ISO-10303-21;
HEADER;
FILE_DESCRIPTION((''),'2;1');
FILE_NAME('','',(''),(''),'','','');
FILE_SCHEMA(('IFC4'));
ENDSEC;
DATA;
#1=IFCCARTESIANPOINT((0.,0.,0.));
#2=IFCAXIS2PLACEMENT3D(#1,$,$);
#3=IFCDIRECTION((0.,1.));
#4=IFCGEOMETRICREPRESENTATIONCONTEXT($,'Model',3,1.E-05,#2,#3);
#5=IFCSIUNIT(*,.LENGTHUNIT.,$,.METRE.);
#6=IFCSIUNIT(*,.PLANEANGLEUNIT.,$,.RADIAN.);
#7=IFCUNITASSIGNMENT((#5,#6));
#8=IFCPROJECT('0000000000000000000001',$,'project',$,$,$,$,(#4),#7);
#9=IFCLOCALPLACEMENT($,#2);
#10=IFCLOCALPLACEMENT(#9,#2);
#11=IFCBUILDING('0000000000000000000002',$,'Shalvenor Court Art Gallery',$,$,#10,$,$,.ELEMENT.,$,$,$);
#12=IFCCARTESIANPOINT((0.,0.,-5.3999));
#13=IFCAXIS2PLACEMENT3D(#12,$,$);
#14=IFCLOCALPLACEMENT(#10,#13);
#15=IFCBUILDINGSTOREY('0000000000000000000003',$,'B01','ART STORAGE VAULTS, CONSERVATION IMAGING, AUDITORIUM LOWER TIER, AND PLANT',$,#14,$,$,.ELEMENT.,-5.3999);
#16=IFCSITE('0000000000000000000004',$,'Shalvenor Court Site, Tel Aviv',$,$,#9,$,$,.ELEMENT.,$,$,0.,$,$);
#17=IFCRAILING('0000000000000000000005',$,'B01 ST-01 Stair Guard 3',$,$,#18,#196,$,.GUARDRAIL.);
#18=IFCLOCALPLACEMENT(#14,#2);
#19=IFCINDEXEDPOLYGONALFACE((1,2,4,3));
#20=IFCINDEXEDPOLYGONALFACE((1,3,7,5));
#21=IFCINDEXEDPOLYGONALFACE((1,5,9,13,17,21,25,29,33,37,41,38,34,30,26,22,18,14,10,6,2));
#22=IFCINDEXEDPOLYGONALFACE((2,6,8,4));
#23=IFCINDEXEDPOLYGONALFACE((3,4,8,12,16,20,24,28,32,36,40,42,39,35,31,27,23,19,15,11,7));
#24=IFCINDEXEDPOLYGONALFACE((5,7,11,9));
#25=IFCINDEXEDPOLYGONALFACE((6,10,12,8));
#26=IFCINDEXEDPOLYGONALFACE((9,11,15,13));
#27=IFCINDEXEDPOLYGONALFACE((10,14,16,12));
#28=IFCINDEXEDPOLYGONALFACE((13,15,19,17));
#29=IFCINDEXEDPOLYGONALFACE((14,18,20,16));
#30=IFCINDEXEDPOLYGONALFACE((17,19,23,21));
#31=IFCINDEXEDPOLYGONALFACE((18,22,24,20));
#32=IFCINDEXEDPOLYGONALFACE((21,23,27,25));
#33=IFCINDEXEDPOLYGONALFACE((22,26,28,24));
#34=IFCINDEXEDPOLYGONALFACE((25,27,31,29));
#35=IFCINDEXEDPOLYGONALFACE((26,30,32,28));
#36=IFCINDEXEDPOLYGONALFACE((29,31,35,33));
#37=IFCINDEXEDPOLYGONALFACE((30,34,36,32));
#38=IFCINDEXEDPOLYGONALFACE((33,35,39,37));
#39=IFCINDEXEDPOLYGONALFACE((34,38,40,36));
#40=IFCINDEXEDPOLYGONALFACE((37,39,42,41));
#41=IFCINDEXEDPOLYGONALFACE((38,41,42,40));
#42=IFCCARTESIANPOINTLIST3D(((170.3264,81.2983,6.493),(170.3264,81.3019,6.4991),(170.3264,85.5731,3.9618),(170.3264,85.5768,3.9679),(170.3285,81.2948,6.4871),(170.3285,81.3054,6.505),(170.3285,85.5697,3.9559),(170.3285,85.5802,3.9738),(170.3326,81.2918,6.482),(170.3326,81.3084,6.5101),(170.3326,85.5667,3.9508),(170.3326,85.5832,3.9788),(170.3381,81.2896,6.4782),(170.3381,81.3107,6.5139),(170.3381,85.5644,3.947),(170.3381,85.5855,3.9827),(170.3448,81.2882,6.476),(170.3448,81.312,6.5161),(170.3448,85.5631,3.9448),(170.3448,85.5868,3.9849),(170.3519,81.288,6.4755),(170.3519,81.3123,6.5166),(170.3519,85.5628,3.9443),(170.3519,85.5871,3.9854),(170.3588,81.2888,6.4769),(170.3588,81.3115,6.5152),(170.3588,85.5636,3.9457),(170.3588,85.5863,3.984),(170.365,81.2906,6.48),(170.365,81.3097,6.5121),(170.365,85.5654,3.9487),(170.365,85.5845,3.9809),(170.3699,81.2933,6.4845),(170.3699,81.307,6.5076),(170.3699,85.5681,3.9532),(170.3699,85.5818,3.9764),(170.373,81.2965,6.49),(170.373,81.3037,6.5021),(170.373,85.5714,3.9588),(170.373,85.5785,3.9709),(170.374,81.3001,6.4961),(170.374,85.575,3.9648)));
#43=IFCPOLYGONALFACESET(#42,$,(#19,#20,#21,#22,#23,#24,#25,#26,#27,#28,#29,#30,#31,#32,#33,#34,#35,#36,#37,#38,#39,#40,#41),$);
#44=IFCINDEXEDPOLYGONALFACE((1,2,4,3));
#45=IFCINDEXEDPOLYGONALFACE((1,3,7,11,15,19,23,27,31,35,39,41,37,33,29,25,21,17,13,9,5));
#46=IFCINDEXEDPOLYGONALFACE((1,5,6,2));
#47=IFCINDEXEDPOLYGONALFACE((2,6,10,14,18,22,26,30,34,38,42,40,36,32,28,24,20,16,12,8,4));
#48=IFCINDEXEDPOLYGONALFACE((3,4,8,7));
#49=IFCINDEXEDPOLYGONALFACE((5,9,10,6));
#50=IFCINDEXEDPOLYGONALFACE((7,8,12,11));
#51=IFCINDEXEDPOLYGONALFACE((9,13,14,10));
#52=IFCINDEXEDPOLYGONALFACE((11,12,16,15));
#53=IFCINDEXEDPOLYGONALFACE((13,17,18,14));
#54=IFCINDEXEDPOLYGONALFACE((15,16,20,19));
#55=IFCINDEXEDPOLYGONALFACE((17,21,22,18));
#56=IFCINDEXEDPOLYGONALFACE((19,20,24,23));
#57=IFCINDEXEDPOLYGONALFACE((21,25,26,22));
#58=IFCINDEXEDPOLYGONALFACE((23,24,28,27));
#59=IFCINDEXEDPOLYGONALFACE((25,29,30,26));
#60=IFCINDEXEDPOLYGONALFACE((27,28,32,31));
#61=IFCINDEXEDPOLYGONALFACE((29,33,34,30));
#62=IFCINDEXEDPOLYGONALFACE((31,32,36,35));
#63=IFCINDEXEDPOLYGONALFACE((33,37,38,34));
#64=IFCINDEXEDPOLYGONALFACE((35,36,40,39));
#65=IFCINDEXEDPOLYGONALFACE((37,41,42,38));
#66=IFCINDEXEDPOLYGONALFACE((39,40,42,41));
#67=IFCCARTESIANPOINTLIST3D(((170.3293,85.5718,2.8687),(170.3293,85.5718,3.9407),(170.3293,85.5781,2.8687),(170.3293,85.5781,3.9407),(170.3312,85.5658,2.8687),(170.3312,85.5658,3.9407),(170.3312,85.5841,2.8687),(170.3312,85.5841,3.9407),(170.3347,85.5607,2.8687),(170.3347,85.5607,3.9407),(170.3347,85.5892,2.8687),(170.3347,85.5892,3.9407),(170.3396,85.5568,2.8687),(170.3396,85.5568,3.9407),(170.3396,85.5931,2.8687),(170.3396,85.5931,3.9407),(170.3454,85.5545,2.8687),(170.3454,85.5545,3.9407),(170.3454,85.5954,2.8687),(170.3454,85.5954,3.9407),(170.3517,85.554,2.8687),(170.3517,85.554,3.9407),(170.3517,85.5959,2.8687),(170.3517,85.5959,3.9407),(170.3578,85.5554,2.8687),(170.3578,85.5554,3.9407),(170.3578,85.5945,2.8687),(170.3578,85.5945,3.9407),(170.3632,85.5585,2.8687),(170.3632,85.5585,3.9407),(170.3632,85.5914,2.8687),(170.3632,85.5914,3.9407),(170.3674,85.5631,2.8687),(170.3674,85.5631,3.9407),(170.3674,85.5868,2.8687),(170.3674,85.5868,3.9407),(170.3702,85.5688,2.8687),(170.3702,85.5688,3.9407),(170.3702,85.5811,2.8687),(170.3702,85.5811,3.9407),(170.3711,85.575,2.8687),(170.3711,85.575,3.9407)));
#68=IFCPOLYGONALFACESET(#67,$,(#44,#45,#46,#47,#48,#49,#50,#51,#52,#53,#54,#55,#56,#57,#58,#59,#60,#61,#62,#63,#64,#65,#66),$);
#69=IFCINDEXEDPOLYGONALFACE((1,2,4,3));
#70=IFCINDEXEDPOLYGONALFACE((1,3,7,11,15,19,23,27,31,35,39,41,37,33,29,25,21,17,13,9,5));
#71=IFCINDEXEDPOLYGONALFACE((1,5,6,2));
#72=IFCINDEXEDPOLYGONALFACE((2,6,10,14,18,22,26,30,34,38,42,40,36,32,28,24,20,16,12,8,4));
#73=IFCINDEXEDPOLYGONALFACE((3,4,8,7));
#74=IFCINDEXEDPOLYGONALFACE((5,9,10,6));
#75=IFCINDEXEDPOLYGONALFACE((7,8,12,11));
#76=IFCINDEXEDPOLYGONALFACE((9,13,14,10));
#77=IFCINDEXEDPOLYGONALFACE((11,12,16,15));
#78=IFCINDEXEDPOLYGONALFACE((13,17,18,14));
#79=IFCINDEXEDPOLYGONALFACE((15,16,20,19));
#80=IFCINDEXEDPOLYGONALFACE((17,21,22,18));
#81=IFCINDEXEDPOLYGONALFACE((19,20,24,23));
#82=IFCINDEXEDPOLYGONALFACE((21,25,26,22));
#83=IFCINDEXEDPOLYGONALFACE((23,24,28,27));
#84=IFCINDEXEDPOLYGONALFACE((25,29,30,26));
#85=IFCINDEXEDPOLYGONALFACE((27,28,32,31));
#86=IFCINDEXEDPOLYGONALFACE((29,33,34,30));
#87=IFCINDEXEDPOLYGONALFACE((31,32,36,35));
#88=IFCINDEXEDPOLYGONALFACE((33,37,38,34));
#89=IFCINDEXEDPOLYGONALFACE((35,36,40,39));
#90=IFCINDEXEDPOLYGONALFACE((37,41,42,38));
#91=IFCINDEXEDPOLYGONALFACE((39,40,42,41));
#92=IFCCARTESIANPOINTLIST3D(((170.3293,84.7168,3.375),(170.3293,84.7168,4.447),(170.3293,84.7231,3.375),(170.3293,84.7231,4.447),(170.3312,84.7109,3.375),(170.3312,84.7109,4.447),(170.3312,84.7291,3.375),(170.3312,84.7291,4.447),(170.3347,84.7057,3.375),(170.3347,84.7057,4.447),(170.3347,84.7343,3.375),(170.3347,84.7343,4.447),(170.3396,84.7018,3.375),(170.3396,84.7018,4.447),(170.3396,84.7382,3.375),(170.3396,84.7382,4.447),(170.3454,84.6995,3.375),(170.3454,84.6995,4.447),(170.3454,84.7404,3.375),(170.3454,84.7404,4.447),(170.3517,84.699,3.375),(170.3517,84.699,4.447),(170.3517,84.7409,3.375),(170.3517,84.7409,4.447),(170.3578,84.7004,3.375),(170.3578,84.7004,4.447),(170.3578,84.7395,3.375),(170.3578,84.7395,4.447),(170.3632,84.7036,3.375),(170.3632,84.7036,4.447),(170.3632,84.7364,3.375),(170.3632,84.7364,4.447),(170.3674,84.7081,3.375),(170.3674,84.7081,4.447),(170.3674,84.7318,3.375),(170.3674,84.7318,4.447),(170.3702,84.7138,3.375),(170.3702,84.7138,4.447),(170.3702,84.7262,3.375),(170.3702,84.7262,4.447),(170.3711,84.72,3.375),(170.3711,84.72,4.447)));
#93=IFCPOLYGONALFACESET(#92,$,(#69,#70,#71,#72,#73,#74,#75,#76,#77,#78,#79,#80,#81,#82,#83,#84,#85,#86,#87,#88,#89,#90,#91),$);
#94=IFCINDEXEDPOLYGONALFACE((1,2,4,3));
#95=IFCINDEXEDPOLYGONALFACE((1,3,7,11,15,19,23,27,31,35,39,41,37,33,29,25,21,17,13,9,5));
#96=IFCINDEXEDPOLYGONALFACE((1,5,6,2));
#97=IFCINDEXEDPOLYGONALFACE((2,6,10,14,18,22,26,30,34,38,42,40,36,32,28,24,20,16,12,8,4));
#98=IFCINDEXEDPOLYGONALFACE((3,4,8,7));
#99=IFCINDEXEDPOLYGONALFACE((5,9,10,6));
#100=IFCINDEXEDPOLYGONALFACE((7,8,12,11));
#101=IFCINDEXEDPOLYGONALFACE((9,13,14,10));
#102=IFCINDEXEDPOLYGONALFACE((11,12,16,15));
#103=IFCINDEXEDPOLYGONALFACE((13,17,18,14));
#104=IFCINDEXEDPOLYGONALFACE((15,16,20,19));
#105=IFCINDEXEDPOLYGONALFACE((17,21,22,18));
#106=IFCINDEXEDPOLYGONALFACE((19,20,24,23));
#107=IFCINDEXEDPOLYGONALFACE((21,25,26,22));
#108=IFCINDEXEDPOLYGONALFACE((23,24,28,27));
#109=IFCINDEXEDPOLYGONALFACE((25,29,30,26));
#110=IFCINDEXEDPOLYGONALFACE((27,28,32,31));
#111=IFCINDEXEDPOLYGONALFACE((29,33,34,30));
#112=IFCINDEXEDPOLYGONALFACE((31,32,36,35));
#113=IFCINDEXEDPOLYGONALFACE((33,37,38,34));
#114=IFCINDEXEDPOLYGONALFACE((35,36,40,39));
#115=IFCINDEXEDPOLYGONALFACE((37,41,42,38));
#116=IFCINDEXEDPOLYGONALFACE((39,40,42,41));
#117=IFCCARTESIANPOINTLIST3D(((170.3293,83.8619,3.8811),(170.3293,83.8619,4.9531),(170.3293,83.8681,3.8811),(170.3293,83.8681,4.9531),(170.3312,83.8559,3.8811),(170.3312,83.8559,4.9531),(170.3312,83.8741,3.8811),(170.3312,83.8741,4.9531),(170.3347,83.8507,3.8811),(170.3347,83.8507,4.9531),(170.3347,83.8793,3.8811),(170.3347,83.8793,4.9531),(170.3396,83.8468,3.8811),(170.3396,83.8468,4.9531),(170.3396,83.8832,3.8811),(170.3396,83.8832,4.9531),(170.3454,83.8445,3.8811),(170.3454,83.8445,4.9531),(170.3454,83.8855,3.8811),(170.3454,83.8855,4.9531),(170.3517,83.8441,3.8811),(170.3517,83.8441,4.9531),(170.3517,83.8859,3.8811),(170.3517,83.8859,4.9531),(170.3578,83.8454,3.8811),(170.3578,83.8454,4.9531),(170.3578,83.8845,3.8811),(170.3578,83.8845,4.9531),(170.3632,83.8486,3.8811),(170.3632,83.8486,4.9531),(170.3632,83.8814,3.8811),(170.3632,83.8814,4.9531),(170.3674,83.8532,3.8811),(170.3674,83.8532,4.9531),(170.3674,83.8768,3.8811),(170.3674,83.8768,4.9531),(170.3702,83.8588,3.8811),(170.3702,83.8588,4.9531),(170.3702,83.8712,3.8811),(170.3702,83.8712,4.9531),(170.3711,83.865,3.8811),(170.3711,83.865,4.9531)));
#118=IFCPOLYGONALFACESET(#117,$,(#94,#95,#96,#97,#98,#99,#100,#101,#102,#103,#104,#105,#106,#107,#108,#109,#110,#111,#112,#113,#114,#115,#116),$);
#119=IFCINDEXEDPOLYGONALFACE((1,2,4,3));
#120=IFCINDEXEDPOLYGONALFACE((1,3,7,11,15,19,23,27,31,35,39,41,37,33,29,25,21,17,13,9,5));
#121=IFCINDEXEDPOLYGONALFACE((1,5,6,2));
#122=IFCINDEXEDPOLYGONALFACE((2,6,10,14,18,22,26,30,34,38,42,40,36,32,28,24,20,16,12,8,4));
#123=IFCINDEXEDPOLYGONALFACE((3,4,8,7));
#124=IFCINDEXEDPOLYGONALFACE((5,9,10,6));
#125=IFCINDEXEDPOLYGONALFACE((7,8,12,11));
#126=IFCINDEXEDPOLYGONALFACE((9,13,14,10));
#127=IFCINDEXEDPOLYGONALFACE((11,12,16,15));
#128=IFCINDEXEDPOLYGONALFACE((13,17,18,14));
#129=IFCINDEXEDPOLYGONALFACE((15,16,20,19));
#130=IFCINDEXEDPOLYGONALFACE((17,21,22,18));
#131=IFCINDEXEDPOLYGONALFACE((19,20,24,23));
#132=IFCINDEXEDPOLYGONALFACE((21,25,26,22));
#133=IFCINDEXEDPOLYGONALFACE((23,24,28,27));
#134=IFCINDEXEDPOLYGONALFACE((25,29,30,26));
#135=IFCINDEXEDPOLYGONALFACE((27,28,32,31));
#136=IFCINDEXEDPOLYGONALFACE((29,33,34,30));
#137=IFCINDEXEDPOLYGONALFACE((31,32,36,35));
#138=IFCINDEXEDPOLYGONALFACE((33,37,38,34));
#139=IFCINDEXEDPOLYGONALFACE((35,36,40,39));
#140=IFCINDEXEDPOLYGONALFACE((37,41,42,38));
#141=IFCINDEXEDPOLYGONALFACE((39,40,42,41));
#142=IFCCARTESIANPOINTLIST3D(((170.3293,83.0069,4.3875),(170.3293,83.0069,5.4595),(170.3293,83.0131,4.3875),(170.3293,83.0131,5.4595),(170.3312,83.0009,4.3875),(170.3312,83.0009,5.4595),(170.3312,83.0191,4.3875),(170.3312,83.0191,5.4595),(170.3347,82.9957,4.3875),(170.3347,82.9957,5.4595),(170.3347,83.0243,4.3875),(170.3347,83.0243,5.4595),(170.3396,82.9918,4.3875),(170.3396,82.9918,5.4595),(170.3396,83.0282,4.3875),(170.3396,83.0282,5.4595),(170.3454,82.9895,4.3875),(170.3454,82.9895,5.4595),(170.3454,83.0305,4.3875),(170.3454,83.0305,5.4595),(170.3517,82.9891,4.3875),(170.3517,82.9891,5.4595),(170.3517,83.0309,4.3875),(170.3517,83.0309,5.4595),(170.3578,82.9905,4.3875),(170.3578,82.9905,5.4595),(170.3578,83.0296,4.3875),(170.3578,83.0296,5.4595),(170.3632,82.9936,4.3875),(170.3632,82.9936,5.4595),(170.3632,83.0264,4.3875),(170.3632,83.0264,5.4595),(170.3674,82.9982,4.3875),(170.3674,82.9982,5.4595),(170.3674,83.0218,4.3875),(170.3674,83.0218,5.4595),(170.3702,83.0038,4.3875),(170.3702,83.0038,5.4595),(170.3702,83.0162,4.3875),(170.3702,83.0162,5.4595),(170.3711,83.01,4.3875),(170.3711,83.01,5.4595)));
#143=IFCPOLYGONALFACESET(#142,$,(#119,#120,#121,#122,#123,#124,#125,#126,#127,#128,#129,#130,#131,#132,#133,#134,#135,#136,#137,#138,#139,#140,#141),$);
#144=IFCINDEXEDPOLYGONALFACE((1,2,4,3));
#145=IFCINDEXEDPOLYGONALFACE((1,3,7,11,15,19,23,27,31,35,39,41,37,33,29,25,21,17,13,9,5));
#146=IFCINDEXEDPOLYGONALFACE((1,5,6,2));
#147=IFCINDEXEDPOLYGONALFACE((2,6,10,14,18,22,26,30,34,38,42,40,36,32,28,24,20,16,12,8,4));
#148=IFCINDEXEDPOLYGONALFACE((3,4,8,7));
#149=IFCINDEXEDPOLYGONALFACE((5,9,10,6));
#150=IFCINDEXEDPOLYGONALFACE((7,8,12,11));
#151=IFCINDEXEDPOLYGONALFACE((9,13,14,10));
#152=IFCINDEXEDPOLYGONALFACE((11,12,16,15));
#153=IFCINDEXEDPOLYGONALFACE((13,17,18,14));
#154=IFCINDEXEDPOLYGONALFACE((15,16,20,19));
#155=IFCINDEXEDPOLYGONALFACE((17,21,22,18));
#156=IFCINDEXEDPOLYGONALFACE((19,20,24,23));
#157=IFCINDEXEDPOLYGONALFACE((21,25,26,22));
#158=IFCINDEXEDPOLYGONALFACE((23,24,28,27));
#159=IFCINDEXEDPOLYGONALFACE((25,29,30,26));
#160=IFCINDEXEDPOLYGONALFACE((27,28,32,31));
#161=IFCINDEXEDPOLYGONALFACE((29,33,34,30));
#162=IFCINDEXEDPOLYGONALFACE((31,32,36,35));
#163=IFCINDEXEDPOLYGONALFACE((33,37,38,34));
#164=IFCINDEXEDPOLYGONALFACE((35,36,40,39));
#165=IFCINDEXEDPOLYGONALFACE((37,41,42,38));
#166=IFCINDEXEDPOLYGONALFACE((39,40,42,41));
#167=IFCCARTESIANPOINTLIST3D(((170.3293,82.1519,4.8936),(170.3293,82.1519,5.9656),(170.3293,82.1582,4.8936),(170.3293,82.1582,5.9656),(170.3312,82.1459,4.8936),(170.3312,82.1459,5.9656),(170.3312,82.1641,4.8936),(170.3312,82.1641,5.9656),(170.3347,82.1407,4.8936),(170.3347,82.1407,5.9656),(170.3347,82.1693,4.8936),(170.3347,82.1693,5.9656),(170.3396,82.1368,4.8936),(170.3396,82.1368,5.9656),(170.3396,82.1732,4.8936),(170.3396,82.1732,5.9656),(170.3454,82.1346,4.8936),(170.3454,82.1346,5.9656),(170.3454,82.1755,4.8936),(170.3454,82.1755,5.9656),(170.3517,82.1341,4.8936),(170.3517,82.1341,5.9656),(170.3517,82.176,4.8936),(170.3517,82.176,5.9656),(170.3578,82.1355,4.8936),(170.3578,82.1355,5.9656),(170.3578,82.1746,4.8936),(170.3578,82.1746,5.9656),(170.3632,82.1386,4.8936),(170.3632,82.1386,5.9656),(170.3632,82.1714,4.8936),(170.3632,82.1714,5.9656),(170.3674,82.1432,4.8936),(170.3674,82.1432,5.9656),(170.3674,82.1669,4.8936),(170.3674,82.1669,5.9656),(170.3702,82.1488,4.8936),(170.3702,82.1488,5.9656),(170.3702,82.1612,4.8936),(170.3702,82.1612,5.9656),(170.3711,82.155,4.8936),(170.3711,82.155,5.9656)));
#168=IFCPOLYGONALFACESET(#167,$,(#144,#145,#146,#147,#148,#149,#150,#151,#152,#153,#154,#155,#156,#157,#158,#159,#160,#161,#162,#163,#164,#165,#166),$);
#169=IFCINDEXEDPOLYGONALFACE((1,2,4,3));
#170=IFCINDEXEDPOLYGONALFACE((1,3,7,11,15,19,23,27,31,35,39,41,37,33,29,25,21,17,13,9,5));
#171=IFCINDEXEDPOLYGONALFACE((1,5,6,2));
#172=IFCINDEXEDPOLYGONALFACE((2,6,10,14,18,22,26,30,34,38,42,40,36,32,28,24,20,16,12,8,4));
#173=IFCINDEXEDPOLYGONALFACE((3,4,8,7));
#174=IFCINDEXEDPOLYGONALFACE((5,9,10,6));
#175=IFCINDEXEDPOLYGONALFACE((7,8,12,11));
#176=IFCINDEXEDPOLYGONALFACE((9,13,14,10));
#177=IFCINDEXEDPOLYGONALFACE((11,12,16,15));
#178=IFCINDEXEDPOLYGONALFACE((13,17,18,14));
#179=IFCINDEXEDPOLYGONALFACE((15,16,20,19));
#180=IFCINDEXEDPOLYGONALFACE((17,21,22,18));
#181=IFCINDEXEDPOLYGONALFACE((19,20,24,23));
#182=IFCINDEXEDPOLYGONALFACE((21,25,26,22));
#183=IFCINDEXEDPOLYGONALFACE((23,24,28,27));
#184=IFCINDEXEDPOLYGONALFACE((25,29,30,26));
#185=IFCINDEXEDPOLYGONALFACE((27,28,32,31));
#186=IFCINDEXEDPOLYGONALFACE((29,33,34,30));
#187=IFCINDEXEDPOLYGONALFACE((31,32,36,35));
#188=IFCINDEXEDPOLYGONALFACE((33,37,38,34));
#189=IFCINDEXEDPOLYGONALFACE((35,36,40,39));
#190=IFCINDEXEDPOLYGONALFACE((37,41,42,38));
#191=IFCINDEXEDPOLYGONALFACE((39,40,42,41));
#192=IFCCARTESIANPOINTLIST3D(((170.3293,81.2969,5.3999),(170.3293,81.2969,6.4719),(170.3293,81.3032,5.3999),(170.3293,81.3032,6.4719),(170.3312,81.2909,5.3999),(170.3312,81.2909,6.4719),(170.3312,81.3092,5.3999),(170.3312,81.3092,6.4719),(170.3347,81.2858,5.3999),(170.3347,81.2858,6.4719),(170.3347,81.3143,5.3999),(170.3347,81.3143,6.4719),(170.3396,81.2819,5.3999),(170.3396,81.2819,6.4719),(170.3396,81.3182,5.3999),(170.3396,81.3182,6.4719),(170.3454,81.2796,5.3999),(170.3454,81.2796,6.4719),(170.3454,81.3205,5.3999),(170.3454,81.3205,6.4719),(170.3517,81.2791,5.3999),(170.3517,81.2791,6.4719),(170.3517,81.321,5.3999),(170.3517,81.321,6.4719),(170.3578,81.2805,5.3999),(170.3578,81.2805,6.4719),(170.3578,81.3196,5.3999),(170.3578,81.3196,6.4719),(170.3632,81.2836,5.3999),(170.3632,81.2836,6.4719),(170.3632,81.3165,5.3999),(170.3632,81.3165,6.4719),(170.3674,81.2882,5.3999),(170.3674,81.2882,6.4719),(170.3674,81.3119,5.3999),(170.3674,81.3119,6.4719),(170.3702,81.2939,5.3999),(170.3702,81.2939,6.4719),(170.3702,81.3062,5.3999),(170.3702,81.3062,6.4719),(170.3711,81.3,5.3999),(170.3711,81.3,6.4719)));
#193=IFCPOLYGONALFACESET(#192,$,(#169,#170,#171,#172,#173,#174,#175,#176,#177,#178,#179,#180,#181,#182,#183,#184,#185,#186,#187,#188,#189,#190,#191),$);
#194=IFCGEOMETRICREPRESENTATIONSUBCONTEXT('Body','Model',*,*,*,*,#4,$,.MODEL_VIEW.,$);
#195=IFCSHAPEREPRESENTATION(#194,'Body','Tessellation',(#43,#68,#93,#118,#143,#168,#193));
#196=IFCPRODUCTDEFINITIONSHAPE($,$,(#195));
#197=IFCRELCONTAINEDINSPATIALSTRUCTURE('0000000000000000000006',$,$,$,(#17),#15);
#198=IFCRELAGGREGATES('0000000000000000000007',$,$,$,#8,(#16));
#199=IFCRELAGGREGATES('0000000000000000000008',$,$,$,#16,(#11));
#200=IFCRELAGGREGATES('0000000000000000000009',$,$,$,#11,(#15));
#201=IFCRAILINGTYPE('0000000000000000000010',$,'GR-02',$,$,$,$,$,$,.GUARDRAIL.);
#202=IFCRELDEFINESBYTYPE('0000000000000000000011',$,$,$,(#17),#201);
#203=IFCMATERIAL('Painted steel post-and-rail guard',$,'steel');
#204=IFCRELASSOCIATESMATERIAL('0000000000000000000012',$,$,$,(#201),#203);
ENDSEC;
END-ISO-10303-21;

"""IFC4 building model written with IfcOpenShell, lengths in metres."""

from ifc_helpers import new_model, si_unit, direction, frame, origin, origin_2d, place, context, subcontext, project, spatial, circle, extrude, material, type_object, element, save


model = new_model("IFC4")

# Units and contexts
model_context = context("Model", 3, precision=1e-05, world=origin(), true_north=direction((0.0, 1.0)))
body_context = subcontext(model_context, "Body", "Model", "MODEL_VIEW")
ifc_project = project(units=[si_unit("LENGTHUNIT", "METRE"), si_unit("PLANEANGLEUNIT", "RADIAN")], contexts=[model_context])

# Site, building, storey
site_placement = place(None, origin())
site = spatial("IfcSite", under=ifc_project, at=site_placement, Name="Shalvenor Court Site, Tel Aviv", CompositionType="ELEMENT", RefElevation=0.0)
building_placement = place(site_placement, origin())
building = spatial("IfcBuilding", under=site, at=building_placement, Name="Shalvenor Court Art Gallery", CompositionType="ELEMENT")
storey_placement = place(building_placement, frame((0.0, 0.0, -5.3999)))
storey = spatial("IfcBuildingStorey", under=building, at=storey_placement, Name="B01", Description="ART STORAGE VAULTS, CONSERVATION IMAGING, AUDITORIUM LOWER TIER, AND PLANT", CompositionType="ELEMENT", Elevation=-5.3999)

# Railing
ifc_material_1 = material(Name="Painted steel post-and-rail guard", Category="steel")
railing_type_1 = type_object("IfcRailingType", Name="GR-02", PredefinedType="GUARDRAIL", material=ifc_material_1)
railing_1_placement = place(storey_placement, frame((170.3501, 85.575, 2.8687)))
element("IfcRailing", 1, at=railing_1_placement, inside=storey, type_object=railing_type_1, Name="B01 ST-01 Stair Guard 3", PredefinedType="GUARDRAIL", context=body_context, shape_type="SweptSolid", body=[
    extrude(circle(Radius=0.0239, at=origin_2d()), frame((0.0, 0.0, 1.0962), z_axis=(0.0, -0.86047, 0.509501), x_axis=(1.0, 0.0, 0.0)), (0.0, 0.0, 1.0), 4.968),
    extrude(circle(Radius=0.021, at=origin_2d()), origin(), (0.0, 0.0, 1.0), 1.072),
    extrude(circle(Radius=0.021, at=origin_2d()), frame((0.0, -0.855, 0.5063)), (0.0, 0.0, 1.0), 1.072),
    extrude(circle(Radius=0.021, at=origin_2d()), frame((0.0, -1.71, 1.0125)), (0.0, 0.0, 1.0), 1.072),
    extrude(circle(Radius=0.021, at=origin_2d()), frame((0.0, -2.5649, 1.5188)), (0.0, 0.0, 1.0), 1.072),
    extrude(circle(Radius=0.021, at=origin_2d()), frame((0.0, -3.4199, 2.0249)), (0.0, 0.0, 1.0), 1.072),
    extrude(circle(Radius=0.021, at=origin_2d()), frame((0.0, -4.2749, 2.5312)), (0.0, 0.0, 1.0), 1.072),
])

save(model, "model.ifc")
